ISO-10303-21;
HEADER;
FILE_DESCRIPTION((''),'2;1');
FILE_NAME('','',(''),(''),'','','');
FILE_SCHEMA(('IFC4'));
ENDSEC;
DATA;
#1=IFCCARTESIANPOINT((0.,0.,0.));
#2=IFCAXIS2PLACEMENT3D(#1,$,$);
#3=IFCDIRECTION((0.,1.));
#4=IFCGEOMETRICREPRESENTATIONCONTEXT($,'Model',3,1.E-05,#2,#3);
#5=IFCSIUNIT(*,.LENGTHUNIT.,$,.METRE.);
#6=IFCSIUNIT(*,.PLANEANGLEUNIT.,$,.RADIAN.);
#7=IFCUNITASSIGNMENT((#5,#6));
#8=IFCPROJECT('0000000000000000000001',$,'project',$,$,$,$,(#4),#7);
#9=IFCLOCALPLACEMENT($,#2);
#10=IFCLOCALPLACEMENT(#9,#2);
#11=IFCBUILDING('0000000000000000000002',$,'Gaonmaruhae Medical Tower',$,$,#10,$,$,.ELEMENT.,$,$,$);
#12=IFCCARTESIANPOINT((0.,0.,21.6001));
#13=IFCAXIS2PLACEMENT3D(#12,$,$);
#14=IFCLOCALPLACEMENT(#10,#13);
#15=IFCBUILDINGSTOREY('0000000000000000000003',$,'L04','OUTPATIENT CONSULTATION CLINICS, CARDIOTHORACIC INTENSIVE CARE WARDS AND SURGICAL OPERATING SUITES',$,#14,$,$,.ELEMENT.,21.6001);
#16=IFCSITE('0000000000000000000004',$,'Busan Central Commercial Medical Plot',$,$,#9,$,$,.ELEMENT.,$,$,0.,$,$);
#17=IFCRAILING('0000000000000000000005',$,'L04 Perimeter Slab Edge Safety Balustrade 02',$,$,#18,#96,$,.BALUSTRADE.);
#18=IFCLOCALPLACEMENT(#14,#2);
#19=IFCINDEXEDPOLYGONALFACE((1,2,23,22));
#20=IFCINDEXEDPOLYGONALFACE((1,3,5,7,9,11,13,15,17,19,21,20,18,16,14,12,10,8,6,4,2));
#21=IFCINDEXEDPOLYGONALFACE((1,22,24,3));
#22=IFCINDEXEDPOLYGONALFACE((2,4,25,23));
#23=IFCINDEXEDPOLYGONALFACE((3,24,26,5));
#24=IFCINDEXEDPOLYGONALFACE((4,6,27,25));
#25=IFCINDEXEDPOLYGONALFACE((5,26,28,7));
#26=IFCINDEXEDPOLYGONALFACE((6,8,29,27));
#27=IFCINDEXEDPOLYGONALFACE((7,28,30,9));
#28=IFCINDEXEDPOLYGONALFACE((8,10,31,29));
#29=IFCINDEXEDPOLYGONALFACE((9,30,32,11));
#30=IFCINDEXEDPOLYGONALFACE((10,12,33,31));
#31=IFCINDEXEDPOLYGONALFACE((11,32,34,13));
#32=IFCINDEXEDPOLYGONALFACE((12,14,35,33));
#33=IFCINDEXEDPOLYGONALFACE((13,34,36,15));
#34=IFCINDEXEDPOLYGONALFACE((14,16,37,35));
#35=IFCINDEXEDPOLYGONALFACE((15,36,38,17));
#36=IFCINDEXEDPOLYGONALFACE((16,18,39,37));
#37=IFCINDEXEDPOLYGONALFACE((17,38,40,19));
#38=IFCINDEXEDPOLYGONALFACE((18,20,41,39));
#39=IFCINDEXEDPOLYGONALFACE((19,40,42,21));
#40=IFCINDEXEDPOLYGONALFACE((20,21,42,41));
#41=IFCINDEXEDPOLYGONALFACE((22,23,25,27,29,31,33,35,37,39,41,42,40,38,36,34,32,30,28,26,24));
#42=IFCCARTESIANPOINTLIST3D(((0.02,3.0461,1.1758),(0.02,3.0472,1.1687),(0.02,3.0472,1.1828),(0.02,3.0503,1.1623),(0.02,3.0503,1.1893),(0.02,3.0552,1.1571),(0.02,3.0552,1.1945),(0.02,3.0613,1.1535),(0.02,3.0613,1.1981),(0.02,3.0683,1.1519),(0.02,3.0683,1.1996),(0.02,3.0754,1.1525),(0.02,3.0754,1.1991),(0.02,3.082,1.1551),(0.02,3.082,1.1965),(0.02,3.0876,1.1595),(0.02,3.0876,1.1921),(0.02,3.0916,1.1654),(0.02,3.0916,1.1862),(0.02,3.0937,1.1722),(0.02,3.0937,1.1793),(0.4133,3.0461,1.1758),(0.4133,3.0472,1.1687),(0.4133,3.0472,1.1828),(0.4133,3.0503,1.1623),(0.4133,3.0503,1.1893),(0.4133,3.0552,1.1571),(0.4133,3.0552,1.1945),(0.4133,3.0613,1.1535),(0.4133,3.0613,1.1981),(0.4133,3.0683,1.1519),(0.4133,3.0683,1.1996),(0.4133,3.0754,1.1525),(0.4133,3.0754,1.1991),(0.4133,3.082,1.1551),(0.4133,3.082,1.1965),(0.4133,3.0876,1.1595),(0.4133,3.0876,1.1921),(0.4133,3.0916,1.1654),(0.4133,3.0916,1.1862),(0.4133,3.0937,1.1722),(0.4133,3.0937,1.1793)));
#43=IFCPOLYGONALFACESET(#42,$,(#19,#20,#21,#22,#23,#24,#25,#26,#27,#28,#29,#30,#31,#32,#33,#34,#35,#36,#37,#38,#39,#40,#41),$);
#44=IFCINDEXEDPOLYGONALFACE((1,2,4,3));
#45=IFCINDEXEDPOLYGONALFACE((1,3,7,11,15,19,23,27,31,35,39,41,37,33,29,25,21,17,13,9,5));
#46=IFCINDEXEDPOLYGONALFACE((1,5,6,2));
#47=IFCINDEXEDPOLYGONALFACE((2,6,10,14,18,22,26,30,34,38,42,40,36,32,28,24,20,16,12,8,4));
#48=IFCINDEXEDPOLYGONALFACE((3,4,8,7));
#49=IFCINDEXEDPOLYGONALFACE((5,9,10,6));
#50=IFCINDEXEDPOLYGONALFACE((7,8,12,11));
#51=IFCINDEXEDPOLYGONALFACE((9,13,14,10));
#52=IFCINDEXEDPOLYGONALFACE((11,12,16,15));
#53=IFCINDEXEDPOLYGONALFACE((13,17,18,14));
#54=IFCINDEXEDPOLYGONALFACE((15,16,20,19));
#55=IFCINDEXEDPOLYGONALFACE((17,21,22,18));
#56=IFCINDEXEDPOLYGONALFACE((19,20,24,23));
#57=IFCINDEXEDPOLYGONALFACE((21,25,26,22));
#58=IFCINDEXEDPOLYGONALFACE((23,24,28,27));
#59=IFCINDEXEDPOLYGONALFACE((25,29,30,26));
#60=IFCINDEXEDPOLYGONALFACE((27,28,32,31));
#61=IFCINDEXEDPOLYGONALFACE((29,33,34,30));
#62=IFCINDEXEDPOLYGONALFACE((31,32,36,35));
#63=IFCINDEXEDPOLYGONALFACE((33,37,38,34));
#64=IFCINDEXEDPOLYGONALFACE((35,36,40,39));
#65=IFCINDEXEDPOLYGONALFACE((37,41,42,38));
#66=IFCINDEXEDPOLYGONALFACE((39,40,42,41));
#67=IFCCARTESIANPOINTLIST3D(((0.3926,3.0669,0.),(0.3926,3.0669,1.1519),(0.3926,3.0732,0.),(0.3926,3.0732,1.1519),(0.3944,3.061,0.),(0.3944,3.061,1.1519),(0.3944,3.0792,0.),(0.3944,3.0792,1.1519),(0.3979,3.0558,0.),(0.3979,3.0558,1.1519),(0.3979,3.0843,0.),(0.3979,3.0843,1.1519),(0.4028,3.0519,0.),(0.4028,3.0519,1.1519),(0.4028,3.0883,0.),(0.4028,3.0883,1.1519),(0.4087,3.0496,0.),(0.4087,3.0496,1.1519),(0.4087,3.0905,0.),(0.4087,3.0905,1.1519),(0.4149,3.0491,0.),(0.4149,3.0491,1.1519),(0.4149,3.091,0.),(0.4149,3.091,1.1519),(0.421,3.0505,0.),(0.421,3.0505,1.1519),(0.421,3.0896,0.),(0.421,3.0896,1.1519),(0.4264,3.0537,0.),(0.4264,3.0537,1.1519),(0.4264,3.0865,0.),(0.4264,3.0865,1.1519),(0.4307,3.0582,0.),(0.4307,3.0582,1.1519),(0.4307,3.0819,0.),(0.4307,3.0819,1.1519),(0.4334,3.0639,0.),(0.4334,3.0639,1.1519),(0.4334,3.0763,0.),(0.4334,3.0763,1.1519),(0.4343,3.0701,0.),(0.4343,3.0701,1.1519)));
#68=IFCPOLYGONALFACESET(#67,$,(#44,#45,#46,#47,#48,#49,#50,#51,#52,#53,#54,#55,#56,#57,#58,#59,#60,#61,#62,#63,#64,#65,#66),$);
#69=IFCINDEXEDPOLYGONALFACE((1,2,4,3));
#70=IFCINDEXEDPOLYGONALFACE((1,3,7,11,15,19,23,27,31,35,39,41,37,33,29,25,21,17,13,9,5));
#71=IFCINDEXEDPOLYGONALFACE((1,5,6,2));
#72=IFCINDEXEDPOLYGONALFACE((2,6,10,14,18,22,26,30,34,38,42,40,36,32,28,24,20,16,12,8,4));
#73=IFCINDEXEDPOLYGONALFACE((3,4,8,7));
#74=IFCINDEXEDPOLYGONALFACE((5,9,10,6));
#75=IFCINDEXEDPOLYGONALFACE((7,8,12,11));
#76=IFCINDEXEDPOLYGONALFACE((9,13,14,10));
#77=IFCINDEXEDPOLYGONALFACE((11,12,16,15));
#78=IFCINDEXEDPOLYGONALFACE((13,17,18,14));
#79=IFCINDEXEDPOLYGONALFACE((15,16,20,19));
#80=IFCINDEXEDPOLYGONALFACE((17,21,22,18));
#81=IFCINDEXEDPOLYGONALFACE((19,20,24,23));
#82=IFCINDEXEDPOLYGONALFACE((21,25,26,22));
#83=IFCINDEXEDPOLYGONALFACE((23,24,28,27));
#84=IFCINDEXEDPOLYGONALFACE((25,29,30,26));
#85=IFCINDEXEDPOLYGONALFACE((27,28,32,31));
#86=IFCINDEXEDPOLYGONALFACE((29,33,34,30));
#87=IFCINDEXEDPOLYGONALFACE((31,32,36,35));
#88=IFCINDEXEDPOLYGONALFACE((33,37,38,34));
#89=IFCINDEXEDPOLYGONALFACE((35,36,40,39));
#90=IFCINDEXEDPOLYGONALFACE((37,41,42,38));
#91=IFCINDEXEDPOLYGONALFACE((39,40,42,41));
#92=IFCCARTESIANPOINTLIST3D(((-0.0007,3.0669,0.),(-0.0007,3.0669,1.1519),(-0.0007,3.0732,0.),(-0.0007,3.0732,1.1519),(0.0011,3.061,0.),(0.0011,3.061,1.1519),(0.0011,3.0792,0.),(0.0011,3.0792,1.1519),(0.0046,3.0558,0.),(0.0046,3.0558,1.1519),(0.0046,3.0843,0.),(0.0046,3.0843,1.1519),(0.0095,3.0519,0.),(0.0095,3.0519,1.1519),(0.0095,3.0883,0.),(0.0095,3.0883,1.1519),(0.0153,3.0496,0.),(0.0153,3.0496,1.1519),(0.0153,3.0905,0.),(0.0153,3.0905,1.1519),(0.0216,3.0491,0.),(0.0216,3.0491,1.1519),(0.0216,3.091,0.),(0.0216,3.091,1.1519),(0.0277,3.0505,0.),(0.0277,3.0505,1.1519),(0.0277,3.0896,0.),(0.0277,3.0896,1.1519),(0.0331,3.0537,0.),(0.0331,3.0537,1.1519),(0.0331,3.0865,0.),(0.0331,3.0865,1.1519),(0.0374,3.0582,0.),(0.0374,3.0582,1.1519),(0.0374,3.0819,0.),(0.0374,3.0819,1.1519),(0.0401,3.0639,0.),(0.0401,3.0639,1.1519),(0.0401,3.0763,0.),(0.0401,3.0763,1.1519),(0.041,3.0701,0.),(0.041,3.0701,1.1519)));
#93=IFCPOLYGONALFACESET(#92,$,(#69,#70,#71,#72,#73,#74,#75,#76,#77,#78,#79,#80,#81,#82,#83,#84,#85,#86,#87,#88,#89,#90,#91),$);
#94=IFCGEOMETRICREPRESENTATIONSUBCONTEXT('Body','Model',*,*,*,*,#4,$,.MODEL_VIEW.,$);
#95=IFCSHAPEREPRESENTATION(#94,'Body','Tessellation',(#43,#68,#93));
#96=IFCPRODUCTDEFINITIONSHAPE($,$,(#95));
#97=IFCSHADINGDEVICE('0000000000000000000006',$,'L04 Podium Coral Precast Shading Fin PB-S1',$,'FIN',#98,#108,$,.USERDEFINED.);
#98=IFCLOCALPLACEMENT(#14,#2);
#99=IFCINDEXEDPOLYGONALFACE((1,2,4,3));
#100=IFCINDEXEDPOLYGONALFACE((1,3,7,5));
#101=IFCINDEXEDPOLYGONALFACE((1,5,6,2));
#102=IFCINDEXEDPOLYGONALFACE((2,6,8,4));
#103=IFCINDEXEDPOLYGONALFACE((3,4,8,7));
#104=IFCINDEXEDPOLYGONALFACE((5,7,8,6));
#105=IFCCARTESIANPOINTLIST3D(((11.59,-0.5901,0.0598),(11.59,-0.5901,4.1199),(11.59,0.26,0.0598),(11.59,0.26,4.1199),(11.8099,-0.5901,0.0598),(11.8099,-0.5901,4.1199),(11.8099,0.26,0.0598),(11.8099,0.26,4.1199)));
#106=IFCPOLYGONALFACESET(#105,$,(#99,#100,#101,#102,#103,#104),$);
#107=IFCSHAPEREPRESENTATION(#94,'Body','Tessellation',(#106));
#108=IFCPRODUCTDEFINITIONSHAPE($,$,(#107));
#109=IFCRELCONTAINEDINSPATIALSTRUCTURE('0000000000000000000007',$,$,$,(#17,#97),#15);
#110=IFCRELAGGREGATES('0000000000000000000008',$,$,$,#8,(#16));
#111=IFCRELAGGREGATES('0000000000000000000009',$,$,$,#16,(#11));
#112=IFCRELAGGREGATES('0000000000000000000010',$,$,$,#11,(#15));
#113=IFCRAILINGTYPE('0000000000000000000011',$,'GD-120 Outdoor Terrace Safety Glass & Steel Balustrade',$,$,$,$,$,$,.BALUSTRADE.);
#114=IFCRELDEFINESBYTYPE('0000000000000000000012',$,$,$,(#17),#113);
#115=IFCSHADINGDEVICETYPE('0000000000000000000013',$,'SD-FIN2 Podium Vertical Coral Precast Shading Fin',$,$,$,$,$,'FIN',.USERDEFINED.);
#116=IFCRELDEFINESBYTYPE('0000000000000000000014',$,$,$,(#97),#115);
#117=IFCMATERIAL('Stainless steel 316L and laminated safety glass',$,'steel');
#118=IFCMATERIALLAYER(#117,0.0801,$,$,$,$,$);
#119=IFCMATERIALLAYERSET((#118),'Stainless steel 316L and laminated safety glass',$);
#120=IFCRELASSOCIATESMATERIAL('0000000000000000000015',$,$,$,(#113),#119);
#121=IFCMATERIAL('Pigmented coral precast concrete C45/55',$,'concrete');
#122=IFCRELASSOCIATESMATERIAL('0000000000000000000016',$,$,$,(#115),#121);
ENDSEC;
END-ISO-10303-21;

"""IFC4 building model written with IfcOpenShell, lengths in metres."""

from ifc_helpers import new_model, si_unit, direction, frame, origin, origin_2d, place, context, subcontext, project, spatial, rectangle, circle, extrude, material, layer, layer_set, type_object, element, save


model = new_model("IFC4")

# Units and contexts
model_context = context("Model", 3, precision=1e-05, world=origin(), true_north=direction((0.0, 1.0)))
body_context = subcontext(model_context, "Body", "Model", "MODEL_VIEW")
ifc_project = project(units=[si_unit("LENGTHUNIT", "METRE"), si_unit("PLANEANGLEUNIT", "RADIAN")], contexts=[model_context])

# Site, building, storey
site_placement = place(None, origin())
site = spatial("IfcSite", under=ifc_project, at=site_placement, Name="Busan Central Commercial Medical Plot", CompositionType="ELEMENT", RefElevation=0.0)
building_placement = place(site_placement, origin())
building = spatial("IfcBuilding", under=site, at=building_placement, Name="Gaonmaruhae Medical Tower", CompositionType="ELEMENT")
storey_placement = place(building_placement, frame((0.0, 0.0, 21.6001)))
storey = spatial("IfcBuildingStorey", under=building, at=storey_placement, Name="L04", Description="OUTPATIENT CONSULTATION CLINICS, CARDIOTHORACIC INTENSIVE CARE WARDS AND SURGICAL OPERATING SUITES", CompositionType="ELEMENT", Elevation=21.6001)

# Railing
ifc_material_1 = material(Name="Stainless steel 316L and laminated safety glass", Category="steel")
ifc_layer_1 = layer(ifc_material_1, 0.0801)
ifc_layer_set_1 = layer_set([ifc_layer_1], Name="Stainless steel 316L and laminated safety glass")
railing_type = type_object("IfcRailingType", Name="GD-120 Outdoor Terrace Safety Glass & Steel Balustrade", PredefinedType="BALUSTRADE", material=ifc_layer_set_1)
railing_1_placement = place(storey_placement, frame((0.4133, 3.0701, 0.0)))
element("IfcRailing", 1, at=railing_1_placement, inside=storey, type_object=railing_type, Name="L04 Perimeter Slab Edge Safety Balustrade 02", PredefinedType="BALUSTRADE", context=body_context, shape_type="SweptSolid", body=[
    extrude(circle(Radius=0.0239, at=origin_2d()), frame((0.0, 0.0, 1.1758), z_axis=(-1.0, 0.0, 0.0), x_axis=(0.0, -1.0, 0.0)), (0.0, 0.0, 1.0), 0.3933),
    extrude(circle(Radius=0.021, at=origin_2d()), origin(), (0.0, 0.0, 1.0), 1.1519),
    extrude(circle(Radius=0.021, at=origin_2d()), frame((-0.3933, 0.0, 0.0)), (0.0, 0.0, 1.0), 1.1519),
])

# Shading device
ifc_material_2 = material(Name="Pigmented coral precast concrete C45/55", Category="concrete")
shading_device_type = type_object("IfcShadingDeviceType", Name="SD-FIN2 Podium Vertical Coral Precast Shading Fin", ElementType="FIN", PredefinedType="USERDEFINED", material=ifc_material_2)
shading_device_placement = place(storey_placement, frame((11.7, -0.165, 0.0598), z_axis=(0.0, 0.0, 1.0), x_axis=(-1.0, 0.0, 0.0)))
element("IfcShadingDevice", 2, at=shading_device_placement, inside=storey, type_object=shading_device_type, Name="L04 Podium Coral Precast Shading Fin PB-S1", ObjectType="FIN", PredefinedType="USERDEFINED", context=body_context, shape_type="SweptSolid", body=[
    extrude(rectangle(XDim=0.22, YDim=0.8501, at=origin_2d()), origin(), (0.0, 0.0, 1.0), 4.0601),
])

save(model, "model.ifc")
